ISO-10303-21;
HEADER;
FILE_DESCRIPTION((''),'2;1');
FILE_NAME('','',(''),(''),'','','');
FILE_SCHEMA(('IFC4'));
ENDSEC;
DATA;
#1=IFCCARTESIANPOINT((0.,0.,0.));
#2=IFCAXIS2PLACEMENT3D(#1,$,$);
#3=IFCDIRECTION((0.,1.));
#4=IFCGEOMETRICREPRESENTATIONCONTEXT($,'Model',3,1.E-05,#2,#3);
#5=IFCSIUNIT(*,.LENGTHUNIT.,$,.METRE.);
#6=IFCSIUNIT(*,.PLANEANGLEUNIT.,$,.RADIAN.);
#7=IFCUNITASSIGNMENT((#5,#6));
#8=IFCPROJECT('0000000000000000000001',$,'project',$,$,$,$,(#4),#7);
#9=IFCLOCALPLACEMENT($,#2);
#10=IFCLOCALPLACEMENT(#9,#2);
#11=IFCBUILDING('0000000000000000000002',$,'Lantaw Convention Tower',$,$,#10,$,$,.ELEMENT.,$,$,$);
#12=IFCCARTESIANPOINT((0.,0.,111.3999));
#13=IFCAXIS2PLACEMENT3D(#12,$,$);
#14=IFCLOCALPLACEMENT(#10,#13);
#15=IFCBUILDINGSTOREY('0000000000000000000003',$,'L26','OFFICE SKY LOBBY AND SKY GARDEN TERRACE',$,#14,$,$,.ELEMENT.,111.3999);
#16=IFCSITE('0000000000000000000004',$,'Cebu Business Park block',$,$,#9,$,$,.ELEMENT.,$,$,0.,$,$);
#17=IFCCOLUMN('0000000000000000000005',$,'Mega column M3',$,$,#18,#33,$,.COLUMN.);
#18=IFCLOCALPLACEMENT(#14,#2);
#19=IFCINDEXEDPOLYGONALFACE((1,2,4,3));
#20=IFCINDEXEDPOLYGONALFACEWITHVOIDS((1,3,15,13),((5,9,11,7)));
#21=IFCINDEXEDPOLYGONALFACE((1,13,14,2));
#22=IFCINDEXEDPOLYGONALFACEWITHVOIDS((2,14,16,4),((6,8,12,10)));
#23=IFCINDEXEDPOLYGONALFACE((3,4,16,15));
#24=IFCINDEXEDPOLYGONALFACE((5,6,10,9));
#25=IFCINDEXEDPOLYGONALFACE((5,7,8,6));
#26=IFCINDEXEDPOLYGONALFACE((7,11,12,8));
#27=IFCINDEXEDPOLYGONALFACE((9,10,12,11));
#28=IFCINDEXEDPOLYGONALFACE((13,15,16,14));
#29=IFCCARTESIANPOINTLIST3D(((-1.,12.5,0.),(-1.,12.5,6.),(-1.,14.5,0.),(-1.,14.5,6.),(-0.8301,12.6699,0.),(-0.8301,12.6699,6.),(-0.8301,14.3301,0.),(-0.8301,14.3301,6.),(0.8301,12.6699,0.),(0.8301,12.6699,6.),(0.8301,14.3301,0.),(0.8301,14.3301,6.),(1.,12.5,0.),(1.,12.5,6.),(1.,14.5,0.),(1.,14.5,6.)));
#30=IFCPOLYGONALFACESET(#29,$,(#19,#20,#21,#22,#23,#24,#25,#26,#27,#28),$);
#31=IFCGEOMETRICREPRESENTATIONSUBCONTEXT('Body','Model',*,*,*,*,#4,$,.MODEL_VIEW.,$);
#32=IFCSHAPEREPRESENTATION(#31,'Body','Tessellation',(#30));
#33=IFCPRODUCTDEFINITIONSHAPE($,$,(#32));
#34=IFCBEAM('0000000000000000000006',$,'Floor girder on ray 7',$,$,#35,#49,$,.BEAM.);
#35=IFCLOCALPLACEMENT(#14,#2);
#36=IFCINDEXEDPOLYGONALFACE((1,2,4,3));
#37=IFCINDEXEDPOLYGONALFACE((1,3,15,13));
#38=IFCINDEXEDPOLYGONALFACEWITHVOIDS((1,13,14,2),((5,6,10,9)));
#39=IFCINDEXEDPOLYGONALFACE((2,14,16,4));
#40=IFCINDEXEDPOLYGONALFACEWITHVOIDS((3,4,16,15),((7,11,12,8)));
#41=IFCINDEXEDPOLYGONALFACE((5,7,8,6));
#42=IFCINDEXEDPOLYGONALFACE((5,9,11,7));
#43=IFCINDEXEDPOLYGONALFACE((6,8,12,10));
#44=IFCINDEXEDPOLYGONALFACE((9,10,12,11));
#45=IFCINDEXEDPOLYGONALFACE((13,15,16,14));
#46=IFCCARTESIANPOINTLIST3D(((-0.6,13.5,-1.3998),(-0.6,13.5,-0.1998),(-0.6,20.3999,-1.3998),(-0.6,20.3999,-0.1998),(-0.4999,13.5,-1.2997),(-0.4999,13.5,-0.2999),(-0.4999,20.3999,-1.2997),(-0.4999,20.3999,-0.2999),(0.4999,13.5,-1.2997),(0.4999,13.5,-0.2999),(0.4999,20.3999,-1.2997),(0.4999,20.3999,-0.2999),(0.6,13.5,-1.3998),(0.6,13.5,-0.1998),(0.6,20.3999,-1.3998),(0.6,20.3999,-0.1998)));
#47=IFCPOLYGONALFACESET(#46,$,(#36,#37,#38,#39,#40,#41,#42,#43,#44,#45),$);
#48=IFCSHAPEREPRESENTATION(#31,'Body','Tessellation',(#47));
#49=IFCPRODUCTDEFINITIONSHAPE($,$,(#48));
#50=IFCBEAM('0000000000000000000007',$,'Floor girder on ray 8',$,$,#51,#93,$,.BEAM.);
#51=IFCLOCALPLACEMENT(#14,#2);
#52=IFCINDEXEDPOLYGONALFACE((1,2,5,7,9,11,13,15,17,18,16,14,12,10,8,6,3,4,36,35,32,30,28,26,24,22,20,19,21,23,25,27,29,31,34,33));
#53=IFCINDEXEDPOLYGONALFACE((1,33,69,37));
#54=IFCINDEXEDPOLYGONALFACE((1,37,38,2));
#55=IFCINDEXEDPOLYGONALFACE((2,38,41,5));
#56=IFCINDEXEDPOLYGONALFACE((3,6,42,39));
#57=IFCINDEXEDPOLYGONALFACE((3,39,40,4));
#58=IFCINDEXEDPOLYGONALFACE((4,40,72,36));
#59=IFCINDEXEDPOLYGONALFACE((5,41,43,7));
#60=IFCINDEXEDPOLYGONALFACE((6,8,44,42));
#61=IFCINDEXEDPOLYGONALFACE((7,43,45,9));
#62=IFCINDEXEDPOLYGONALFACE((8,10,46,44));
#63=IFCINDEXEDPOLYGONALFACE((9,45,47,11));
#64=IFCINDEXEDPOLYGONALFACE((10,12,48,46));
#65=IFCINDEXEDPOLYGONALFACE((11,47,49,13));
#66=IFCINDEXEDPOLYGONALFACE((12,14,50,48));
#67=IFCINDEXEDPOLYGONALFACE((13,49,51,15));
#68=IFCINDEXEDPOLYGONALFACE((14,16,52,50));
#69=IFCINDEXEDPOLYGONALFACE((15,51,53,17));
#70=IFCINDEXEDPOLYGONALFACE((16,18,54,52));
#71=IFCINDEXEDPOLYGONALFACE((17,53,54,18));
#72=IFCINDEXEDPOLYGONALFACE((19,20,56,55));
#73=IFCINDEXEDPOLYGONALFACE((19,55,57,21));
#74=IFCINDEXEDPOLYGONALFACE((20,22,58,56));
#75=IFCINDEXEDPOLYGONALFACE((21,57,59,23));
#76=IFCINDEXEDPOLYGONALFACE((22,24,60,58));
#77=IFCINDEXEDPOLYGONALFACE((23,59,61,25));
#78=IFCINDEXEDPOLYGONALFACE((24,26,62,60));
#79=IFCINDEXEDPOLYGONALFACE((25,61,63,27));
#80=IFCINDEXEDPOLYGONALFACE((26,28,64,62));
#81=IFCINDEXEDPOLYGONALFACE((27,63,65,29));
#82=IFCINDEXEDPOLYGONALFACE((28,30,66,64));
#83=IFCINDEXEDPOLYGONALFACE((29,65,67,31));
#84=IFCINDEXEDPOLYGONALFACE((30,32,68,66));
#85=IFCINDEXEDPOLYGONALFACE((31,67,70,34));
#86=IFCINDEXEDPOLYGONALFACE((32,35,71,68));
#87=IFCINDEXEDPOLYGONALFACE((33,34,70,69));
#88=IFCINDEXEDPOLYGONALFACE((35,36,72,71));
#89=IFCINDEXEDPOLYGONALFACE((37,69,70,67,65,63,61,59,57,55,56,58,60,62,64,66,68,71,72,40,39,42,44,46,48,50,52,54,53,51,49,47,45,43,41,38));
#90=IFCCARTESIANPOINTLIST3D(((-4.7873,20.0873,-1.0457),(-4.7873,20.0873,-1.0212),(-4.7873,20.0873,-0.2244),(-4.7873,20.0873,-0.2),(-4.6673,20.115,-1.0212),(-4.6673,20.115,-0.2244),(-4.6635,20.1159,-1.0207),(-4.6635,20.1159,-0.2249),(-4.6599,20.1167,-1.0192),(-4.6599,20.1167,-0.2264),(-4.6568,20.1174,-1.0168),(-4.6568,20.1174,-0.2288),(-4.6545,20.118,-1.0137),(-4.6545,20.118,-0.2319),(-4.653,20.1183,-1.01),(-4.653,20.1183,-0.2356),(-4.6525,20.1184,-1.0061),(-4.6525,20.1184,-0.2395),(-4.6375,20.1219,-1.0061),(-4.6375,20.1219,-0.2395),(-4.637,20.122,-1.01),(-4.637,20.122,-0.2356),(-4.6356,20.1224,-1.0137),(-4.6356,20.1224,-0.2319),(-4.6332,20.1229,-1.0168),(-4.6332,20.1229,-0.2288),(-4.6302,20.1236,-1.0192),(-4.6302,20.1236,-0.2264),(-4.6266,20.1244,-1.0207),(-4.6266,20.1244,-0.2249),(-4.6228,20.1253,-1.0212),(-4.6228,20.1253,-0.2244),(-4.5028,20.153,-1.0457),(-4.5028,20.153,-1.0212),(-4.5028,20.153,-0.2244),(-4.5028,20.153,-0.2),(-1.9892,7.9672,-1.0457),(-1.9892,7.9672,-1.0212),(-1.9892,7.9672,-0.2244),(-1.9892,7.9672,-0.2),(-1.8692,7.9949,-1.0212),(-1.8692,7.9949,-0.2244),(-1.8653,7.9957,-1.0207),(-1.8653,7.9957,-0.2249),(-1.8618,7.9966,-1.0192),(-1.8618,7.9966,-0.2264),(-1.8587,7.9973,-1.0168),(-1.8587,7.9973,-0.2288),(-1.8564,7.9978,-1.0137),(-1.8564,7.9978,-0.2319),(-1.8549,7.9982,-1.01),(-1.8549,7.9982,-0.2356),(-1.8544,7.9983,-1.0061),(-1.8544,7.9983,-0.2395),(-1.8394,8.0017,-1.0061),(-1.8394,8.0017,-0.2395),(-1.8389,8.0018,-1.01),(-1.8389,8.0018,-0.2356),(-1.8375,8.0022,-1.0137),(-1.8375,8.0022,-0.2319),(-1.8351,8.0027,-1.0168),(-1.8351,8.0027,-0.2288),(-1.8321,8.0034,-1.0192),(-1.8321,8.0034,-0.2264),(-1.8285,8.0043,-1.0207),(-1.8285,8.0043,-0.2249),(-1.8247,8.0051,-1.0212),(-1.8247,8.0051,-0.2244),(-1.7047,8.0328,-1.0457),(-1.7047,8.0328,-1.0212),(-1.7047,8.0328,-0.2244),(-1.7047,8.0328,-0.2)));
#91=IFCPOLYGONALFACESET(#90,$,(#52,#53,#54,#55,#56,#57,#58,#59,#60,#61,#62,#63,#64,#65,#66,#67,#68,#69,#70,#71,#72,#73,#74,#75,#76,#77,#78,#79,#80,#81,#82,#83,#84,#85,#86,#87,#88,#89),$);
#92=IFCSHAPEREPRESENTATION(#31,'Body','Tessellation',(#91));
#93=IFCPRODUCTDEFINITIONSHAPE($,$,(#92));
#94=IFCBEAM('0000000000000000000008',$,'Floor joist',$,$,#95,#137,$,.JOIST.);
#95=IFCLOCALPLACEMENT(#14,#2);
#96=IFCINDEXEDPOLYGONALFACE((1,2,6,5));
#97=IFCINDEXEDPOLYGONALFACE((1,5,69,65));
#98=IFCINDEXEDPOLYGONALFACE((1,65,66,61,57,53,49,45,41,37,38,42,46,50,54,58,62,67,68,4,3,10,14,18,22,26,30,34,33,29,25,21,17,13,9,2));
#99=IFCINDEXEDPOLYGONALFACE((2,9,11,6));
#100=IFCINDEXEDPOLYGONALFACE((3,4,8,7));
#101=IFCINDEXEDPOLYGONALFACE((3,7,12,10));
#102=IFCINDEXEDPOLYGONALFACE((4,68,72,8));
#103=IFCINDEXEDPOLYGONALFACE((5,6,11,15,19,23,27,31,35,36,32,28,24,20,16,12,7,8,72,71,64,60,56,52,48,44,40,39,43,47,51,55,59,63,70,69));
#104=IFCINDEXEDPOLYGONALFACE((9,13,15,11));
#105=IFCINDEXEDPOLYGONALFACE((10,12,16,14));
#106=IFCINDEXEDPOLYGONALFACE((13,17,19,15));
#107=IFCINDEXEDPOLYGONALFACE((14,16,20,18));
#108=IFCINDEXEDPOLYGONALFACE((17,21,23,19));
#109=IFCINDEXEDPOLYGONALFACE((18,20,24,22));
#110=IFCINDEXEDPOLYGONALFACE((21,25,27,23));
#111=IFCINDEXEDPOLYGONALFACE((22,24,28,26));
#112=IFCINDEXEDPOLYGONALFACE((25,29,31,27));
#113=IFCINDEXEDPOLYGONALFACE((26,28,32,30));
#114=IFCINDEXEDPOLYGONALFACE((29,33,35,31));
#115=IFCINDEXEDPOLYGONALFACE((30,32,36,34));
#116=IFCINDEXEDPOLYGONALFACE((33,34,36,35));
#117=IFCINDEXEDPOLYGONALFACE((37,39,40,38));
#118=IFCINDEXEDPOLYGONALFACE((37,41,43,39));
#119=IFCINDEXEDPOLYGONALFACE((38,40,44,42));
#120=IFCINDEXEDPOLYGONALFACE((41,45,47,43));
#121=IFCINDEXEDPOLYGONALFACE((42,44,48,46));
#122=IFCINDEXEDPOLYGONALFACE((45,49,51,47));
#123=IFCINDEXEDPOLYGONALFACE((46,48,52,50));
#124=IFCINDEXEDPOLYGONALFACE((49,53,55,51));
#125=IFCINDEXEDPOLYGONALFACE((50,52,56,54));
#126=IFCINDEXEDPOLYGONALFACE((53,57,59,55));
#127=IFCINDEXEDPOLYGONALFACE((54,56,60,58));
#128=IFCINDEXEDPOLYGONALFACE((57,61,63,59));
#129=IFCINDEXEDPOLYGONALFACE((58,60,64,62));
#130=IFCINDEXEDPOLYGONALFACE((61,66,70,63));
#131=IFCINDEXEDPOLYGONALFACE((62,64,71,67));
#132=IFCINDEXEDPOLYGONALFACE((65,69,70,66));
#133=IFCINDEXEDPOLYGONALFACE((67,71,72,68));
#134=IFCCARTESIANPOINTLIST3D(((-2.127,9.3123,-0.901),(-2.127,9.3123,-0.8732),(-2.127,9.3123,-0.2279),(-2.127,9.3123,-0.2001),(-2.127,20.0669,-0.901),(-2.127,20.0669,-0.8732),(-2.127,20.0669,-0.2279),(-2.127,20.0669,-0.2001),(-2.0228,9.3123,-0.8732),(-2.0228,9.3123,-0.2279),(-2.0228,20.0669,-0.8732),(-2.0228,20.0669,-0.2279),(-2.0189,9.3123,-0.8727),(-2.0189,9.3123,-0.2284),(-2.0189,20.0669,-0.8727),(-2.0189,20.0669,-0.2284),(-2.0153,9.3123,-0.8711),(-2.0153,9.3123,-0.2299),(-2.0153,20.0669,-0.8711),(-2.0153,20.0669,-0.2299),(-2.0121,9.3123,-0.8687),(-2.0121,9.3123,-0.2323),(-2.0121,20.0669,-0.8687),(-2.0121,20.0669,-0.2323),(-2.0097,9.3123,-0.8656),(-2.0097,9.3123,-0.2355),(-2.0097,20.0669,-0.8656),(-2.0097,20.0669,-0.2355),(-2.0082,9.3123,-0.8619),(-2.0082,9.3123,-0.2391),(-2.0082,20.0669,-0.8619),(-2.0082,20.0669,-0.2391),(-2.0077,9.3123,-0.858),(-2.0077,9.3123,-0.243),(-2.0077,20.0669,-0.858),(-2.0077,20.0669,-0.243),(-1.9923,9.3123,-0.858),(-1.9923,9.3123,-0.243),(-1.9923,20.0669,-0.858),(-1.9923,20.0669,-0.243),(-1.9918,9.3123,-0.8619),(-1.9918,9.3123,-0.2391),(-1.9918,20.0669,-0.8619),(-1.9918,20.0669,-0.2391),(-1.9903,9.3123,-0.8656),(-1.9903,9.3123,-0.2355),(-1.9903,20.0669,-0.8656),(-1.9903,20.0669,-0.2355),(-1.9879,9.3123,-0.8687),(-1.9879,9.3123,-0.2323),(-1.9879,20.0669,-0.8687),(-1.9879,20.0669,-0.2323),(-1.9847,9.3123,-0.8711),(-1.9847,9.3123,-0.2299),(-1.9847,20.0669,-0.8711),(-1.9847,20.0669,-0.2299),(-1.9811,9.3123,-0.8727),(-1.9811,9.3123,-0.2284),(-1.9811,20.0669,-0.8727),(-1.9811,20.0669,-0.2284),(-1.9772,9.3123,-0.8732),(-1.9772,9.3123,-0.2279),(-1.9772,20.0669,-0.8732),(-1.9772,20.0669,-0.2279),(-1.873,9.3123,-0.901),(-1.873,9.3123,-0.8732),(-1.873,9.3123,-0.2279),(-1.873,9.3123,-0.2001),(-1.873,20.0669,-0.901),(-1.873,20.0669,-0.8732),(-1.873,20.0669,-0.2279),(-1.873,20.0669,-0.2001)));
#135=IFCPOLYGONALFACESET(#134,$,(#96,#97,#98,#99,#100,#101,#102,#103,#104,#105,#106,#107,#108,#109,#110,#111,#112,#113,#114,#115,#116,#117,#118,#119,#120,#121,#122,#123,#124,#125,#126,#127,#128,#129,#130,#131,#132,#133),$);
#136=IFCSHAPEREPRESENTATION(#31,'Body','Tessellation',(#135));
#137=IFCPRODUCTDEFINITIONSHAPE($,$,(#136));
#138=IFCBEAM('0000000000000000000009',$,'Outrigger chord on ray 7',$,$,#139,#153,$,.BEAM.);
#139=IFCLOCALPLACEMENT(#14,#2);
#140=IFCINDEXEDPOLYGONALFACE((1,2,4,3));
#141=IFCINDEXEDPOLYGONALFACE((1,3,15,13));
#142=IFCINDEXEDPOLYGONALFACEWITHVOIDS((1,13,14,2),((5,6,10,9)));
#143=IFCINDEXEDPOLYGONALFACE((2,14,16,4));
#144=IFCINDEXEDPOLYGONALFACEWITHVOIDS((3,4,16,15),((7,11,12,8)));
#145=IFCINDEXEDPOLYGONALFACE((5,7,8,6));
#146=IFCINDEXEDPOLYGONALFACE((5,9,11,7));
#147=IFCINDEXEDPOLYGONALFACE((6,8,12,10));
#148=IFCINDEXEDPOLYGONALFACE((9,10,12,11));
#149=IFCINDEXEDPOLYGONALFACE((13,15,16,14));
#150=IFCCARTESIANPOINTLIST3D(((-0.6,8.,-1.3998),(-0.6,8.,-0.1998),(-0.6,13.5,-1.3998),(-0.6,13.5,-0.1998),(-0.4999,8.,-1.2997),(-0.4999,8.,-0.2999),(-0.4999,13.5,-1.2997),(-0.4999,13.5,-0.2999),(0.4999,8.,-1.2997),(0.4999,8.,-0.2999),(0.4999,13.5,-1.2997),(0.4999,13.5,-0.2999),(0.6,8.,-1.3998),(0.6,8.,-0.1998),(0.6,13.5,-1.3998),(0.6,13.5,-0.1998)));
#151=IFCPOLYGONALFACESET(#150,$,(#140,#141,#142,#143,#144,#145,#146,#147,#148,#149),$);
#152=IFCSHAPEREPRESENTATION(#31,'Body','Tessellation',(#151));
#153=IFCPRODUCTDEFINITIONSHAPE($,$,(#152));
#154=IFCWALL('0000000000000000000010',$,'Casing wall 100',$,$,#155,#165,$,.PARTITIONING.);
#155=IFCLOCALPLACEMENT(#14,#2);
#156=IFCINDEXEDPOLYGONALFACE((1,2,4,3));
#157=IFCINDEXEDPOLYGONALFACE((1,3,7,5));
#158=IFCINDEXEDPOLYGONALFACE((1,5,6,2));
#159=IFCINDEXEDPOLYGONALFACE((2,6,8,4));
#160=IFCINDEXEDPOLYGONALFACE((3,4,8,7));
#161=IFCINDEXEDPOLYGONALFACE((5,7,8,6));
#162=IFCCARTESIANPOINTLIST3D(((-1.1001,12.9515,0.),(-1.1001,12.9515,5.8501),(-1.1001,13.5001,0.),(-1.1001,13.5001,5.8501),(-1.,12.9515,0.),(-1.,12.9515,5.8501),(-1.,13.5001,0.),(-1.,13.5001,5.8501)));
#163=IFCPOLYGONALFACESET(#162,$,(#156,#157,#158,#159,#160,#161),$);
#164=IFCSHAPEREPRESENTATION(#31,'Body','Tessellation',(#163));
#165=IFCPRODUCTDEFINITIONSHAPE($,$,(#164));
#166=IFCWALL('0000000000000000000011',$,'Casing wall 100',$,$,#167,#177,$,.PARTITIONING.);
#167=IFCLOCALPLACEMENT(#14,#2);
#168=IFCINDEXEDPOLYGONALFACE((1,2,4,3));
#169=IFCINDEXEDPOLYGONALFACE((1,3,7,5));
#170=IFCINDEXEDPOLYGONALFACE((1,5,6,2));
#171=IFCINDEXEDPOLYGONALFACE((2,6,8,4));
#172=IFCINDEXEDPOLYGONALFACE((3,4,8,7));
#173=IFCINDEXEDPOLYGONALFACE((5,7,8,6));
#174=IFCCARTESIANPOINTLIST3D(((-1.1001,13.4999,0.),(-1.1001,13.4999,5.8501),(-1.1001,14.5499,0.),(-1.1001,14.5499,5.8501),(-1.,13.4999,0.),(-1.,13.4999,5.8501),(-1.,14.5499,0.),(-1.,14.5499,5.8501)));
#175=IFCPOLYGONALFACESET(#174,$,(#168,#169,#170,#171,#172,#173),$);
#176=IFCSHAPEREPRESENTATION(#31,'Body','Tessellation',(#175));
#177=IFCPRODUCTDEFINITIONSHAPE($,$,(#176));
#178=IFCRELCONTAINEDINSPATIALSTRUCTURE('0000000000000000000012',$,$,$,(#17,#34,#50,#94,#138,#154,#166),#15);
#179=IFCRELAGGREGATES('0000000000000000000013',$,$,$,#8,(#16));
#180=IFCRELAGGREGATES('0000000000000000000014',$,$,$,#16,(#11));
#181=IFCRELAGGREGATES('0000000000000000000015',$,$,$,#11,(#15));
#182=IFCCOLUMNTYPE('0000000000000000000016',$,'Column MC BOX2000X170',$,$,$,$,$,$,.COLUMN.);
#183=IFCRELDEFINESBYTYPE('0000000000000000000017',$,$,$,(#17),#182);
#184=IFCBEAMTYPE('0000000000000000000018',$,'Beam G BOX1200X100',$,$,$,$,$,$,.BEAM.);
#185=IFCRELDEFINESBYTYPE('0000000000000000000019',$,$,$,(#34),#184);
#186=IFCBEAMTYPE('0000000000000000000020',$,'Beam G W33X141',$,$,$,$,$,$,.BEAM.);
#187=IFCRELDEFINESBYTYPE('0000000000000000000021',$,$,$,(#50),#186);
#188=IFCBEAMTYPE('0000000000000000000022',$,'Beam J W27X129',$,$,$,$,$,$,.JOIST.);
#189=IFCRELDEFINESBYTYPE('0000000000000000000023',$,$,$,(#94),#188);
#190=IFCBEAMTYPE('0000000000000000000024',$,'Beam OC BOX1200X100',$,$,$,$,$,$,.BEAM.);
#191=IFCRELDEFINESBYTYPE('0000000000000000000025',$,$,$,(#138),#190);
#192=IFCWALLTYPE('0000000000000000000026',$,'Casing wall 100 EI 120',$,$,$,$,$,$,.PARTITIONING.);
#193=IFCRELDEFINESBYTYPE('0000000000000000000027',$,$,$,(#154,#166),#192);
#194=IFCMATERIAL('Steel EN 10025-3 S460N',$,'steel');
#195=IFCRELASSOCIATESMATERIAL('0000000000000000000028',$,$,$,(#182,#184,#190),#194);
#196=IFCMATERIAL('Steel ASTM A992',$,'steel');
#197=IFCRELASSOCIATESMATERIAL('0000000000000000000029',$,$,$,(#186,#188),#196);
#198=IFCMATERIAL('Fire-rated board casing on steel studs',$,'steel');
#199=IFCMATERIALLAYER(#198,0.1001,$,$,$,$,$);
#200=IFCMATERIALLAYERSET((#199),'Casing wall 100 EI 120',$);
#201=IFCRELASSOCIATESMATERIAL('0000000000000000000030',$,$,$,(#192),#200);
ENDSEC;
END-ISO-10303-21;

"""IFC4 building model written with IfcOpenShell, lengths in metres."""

from ifc_helpers import new_model, si_unit, direction, frame, frame_2d, origin, origin_2d, place, context, subcontext, project, spatial, rectangle, hollow_rectangle, i_section, extrude, material, layer, layer_set, material_profile, profile_set, type_object, element, save


model = new_model("IFC4")

# Units and contexts
model_context = context("Model", 3, precision=1e-05, world=origin(), true_north=direction((0.0, 1.0)))
body_context = subcontext(model_context, "Body", "Model", "MODEL_VIEW")
ifc_project = project(units=[si_unit("LENGTHUNIT", "METRE"), si_unit("PLANEANGLEUNIT", "RADIAN")], contexts=[model_context])

# Site, building, storey
site_placement = place(None, origin())
site = spatial("IfcSite", under=ifc_project, at=site_placement, Name="Cebu Business Park block", CompositionType="ELEMENT", RefElevation=0.0)
building_placement = place(site_placement, origin())
building = spatial("IfcBuilding", under=site, at=building_placement, Name="Lantaw Convention Tower", CompositionType="ELEMENT")
storey_placement = place(building_placement, frame((0.0, 0.0, 111.3999)))
storey = spatial("IfcBuildingStorey", under=building, at=storey_placement, Name="L26", Description="OFFICE SKY LOBBY AND SKY GARDEN TERRACE", CompositionType="ELEMENT", Elevation=111.3999)

# Column
ifc_material_1 = material(Name="Steel EN 10025-3 S460N", Category="steel")
ifc_material_profile_1 = material_profile(ifc_material_1, hollow_rectangle(XDim=2.0, YDim=2.0, WallThickness=0.1699, at=origin_2d()), Name="BOX2000X170")
ifc_material_2 = material(Name="Concrete C60/75", Category="concrete")
ifc_material_profile_2 = material_profile(ifc_material_2, rectangle(XDim=1.6599, YDim=1.6599, at=origin_2d()), Name="Concrete fill of BOX2000X170")
ifc_profile_set_1 = profile_set([ifc_material_profile_1, ifc_material_profile_2], Name="Steel EN 10025-3 S460N")
column_type = type_object("IfcColumnType", Name="Column MC BOX2000X170", PredefinedType="COLUMN", material=ifc_profile_set_1)
column_placement = place(storey_placement, frame((0.0, 13.5, 0.0), z_axis=(0.0, 0.0, 1.0), x_axis=(1.0, 0.0, 0.0)))
element("IfcColumn", 1, at=column_placement, inside=storey, type_object=column_type, Name="Mega column M3", PredefinedType="COLUMN", context=body_context, shape_type="SweptSolid", body=[
    extrude(hollow_rectangle(XDim=2.0, YDim=2.0, WallThickness=0.1699, at=origin_2d()), origin(), (0.0, 0.0, 1.0), 6.0),
])

# Beams
ifc_material_profile_3 = material_profile(ifc_material_1, hollow_rectangle(XDim=1.2, YDim=1.2, WallThickness=0.1001, at=origin_2d()), Name="BOX1200X100")
ifc_profile_set_2 = profile_set([ifc_material_profile_3], Name="Steel EN 10025-3 S460N")
beam_type_1 = type_object("IfcBeamType", Name="Beam G BOX1200X100", PredefinedType="BEAM", material=ifc_profile_set_2)
beam_1_placement = place(storey_placement, frame((0.0, 13.5, -0.7998), z_axis=(0.0, 1.0, 0.0), x_axis=(-1.0, 0.0, 0.0)))
element("IfcBeam", 2, at=beam_1_placement, inside=storey, type_object=beam_type_1, Name="Floor girder on ray 7", PredefinedType="BEAM", context=body_context, shape_type="SweptSolid", body=[
    extrude(hollow_rectangle(XDim=1.2, YDim=1.2, WallThickness=0.1001, at=origin_2d()), origin(), (0.0, 0.0, 1.0), 6.8999),
])
ifc_material_3 = material(Name="Steel ASTM A992", Category="steel")
ifc_material_profile_4 = material_profile(ifc_material_3, i_section(OverallWidth=0.292, OverallDepth=0.8457, WebThickness=0.0154, FlangeThickness=0.0244, FilletRadius=0.0151, at=origin_2d()), Name="W33X141")
ifc_profile_set_3 = profile_set([ifc_material_profile_4], Name="Steel ASTM A992")
beam_type_2 = type_object("IfcBeamType", Name="Beam G W33X141", PredefinedType="BEAM", material=ifc_profile_set_3)
beam_2_placement = place(storey_placement, frame((-1.8469, 8.0, -0.6228), z_axis=(-0.224947, 0.974371, 0.0), x_axis=(-0.974371, -0.224947, 0.0)))
element("IfcBeam", 3, at=beam_2_placement, inside=storey, type_object=beam_type_2, Name="Floor girder on ray 8", PredefinedType="BEAM", context=body_context, shape_type="SweptSolid", body=[
    extrude(i_section(OverallWidth=0.292, OverallDepth=0.8457, WebThickness=0.0154, FlangeThickness=0.0244, FilletRadius=0.0151, at=origin_2d()), origin(), (0.0, 0.0, 1.0), 12.439),
])
ifc_material_profile_5 = material_profile(ifc_material_3, i_section(OverallWidth=0.2539, OverallDepth=0.7009, WebThickness=0.0154, FlangeThickness=0.0278, FilletRadius=0.0151, at=origin_2d()), Name="W27X129")
ifc_profile_set_4 = profile_set([ifc_material_profile_5], Name="Steel ASTM A992")
beam_type_3 = type_object("IfcBeamType", Name="Beam J W27X129", PredefinedType="JOIST", material=ifc_profile_set_4)
beam_3_placement = place(storey_placement, frame((-2.0, 9.3123, -0.5505), z_axis=(0.0, 1.0, 0.0), x_axis=(-1.0, 0.0, 0.0)))
element("IfcBeam", 4, at=beam_3_placement, inside=storey, type_object=beam_type_3, Name="Floor joist", PredefinedType="JOIST", context=body_context, shape_type="SweptSolid", body=[
    extrude(i_section(OverallWidth=0.2539, OverallDepth=0.7009, WebThickness=0.0154, FlangeThickness=0.0278, FilletRadius=0.0151, at=origin_2d()), origin(), (0.0, 0.0, 1.0), 10.7546),
])
ifc_material_profile_6 = material_profile(ifc_material_1, hollow_rectangle(XDim=1.2, YDim=1.2, WallThickness=0.1001, at=origin_2d()), Name="BOX1200X100")
ifc_profile_set_5 = profile_set([ifc_material_profile_6], Name="Steel EN 10025-3 S460N")
beam_type_4 = type_object("IfcBeamType", Name="Beam OC BOX1200X100", PredefinedType="BEAM", material=ifc_profile_set_5)
beam_4_placement = place(storey_placement, frame((0.0, 8.0, -0.7998), z_axis=(0.0, 1.0, 0.0), x_axis=(-1.0, 0.0, 0.0)))
element("IfcBeam", 5, at=beam_4_placement, inside=storey, type_object=beam_type_4, Name="Outrigger chord on ray 7", PredefinedType="BEAM", context=body_context, shape_type="SweptSolid", body=[
    extrude(hollow_rectangle(XDim=1.2, YDim=1.2, WallThickness=0.1001, at=origin_2d()), origin(), (0.0, 0.0, 1.0), 5.5),
])

# Walls
ifc_material_4 = material(Name="Fire-rated board casing on steel studs", Category="steel")
ifc_layer_1 = layer(ifc_material_4, 0.1001)
ifc_layer_set_1 = layer_set([ifc_layer_1], Name="Casing wall 100 EI 120")
wall_type_1 = type_object("IfcWallType", Name="Casing wall 100 EI 120", PredefinedType="PARTITIONING", material=ifc_layer_set_1)
wall_1_placement = place(storey_placement, frame((-1.05, 12.9514, 0.0), z_axis=(0.0, 0.0, 1.0), x_axis=(0.0, 1.0, 0.0)))
element("IfcWall", 6, at=wall_1_placement, inside=storey, type_object=wall_type_1, Name="Casing wall 100", PredefinedType="PARTITIONING", context=body_context, shape_type="SweptSolid", body=[
    extrude(rectangle(XDim=0.5486, YDim=0.1001, at=frame_2d((0.2744, 0.0))), origin(), (0.0, 0.0, 1.0), 5.8501),
])
for number, where, z_axis, x_axis, name in (
    (7, (-1.05, 13.5, 0.0), (0.0, 0.0, 1.0), (0.0, 1.0, 0.0), "Casing wall 100"),
):
    element("IfcWall", number, at=place(storey_placement, frame(where, z_axis=z_axis, x_axis=x_axis)), inside=storey, type_object=wall_type_1, Name=name, PredefinedType="PARTITIONING", context=body_context, shape_type="SweptSolid", body=[
        extrude(rectangle(XDim=1.05, YDim=0.1001, at=frame_2d((0.5249, 0.0))), origin(), (0.0, 0.0, 1.0), 5.8501),
    ])

save(model, "model.ifc")
